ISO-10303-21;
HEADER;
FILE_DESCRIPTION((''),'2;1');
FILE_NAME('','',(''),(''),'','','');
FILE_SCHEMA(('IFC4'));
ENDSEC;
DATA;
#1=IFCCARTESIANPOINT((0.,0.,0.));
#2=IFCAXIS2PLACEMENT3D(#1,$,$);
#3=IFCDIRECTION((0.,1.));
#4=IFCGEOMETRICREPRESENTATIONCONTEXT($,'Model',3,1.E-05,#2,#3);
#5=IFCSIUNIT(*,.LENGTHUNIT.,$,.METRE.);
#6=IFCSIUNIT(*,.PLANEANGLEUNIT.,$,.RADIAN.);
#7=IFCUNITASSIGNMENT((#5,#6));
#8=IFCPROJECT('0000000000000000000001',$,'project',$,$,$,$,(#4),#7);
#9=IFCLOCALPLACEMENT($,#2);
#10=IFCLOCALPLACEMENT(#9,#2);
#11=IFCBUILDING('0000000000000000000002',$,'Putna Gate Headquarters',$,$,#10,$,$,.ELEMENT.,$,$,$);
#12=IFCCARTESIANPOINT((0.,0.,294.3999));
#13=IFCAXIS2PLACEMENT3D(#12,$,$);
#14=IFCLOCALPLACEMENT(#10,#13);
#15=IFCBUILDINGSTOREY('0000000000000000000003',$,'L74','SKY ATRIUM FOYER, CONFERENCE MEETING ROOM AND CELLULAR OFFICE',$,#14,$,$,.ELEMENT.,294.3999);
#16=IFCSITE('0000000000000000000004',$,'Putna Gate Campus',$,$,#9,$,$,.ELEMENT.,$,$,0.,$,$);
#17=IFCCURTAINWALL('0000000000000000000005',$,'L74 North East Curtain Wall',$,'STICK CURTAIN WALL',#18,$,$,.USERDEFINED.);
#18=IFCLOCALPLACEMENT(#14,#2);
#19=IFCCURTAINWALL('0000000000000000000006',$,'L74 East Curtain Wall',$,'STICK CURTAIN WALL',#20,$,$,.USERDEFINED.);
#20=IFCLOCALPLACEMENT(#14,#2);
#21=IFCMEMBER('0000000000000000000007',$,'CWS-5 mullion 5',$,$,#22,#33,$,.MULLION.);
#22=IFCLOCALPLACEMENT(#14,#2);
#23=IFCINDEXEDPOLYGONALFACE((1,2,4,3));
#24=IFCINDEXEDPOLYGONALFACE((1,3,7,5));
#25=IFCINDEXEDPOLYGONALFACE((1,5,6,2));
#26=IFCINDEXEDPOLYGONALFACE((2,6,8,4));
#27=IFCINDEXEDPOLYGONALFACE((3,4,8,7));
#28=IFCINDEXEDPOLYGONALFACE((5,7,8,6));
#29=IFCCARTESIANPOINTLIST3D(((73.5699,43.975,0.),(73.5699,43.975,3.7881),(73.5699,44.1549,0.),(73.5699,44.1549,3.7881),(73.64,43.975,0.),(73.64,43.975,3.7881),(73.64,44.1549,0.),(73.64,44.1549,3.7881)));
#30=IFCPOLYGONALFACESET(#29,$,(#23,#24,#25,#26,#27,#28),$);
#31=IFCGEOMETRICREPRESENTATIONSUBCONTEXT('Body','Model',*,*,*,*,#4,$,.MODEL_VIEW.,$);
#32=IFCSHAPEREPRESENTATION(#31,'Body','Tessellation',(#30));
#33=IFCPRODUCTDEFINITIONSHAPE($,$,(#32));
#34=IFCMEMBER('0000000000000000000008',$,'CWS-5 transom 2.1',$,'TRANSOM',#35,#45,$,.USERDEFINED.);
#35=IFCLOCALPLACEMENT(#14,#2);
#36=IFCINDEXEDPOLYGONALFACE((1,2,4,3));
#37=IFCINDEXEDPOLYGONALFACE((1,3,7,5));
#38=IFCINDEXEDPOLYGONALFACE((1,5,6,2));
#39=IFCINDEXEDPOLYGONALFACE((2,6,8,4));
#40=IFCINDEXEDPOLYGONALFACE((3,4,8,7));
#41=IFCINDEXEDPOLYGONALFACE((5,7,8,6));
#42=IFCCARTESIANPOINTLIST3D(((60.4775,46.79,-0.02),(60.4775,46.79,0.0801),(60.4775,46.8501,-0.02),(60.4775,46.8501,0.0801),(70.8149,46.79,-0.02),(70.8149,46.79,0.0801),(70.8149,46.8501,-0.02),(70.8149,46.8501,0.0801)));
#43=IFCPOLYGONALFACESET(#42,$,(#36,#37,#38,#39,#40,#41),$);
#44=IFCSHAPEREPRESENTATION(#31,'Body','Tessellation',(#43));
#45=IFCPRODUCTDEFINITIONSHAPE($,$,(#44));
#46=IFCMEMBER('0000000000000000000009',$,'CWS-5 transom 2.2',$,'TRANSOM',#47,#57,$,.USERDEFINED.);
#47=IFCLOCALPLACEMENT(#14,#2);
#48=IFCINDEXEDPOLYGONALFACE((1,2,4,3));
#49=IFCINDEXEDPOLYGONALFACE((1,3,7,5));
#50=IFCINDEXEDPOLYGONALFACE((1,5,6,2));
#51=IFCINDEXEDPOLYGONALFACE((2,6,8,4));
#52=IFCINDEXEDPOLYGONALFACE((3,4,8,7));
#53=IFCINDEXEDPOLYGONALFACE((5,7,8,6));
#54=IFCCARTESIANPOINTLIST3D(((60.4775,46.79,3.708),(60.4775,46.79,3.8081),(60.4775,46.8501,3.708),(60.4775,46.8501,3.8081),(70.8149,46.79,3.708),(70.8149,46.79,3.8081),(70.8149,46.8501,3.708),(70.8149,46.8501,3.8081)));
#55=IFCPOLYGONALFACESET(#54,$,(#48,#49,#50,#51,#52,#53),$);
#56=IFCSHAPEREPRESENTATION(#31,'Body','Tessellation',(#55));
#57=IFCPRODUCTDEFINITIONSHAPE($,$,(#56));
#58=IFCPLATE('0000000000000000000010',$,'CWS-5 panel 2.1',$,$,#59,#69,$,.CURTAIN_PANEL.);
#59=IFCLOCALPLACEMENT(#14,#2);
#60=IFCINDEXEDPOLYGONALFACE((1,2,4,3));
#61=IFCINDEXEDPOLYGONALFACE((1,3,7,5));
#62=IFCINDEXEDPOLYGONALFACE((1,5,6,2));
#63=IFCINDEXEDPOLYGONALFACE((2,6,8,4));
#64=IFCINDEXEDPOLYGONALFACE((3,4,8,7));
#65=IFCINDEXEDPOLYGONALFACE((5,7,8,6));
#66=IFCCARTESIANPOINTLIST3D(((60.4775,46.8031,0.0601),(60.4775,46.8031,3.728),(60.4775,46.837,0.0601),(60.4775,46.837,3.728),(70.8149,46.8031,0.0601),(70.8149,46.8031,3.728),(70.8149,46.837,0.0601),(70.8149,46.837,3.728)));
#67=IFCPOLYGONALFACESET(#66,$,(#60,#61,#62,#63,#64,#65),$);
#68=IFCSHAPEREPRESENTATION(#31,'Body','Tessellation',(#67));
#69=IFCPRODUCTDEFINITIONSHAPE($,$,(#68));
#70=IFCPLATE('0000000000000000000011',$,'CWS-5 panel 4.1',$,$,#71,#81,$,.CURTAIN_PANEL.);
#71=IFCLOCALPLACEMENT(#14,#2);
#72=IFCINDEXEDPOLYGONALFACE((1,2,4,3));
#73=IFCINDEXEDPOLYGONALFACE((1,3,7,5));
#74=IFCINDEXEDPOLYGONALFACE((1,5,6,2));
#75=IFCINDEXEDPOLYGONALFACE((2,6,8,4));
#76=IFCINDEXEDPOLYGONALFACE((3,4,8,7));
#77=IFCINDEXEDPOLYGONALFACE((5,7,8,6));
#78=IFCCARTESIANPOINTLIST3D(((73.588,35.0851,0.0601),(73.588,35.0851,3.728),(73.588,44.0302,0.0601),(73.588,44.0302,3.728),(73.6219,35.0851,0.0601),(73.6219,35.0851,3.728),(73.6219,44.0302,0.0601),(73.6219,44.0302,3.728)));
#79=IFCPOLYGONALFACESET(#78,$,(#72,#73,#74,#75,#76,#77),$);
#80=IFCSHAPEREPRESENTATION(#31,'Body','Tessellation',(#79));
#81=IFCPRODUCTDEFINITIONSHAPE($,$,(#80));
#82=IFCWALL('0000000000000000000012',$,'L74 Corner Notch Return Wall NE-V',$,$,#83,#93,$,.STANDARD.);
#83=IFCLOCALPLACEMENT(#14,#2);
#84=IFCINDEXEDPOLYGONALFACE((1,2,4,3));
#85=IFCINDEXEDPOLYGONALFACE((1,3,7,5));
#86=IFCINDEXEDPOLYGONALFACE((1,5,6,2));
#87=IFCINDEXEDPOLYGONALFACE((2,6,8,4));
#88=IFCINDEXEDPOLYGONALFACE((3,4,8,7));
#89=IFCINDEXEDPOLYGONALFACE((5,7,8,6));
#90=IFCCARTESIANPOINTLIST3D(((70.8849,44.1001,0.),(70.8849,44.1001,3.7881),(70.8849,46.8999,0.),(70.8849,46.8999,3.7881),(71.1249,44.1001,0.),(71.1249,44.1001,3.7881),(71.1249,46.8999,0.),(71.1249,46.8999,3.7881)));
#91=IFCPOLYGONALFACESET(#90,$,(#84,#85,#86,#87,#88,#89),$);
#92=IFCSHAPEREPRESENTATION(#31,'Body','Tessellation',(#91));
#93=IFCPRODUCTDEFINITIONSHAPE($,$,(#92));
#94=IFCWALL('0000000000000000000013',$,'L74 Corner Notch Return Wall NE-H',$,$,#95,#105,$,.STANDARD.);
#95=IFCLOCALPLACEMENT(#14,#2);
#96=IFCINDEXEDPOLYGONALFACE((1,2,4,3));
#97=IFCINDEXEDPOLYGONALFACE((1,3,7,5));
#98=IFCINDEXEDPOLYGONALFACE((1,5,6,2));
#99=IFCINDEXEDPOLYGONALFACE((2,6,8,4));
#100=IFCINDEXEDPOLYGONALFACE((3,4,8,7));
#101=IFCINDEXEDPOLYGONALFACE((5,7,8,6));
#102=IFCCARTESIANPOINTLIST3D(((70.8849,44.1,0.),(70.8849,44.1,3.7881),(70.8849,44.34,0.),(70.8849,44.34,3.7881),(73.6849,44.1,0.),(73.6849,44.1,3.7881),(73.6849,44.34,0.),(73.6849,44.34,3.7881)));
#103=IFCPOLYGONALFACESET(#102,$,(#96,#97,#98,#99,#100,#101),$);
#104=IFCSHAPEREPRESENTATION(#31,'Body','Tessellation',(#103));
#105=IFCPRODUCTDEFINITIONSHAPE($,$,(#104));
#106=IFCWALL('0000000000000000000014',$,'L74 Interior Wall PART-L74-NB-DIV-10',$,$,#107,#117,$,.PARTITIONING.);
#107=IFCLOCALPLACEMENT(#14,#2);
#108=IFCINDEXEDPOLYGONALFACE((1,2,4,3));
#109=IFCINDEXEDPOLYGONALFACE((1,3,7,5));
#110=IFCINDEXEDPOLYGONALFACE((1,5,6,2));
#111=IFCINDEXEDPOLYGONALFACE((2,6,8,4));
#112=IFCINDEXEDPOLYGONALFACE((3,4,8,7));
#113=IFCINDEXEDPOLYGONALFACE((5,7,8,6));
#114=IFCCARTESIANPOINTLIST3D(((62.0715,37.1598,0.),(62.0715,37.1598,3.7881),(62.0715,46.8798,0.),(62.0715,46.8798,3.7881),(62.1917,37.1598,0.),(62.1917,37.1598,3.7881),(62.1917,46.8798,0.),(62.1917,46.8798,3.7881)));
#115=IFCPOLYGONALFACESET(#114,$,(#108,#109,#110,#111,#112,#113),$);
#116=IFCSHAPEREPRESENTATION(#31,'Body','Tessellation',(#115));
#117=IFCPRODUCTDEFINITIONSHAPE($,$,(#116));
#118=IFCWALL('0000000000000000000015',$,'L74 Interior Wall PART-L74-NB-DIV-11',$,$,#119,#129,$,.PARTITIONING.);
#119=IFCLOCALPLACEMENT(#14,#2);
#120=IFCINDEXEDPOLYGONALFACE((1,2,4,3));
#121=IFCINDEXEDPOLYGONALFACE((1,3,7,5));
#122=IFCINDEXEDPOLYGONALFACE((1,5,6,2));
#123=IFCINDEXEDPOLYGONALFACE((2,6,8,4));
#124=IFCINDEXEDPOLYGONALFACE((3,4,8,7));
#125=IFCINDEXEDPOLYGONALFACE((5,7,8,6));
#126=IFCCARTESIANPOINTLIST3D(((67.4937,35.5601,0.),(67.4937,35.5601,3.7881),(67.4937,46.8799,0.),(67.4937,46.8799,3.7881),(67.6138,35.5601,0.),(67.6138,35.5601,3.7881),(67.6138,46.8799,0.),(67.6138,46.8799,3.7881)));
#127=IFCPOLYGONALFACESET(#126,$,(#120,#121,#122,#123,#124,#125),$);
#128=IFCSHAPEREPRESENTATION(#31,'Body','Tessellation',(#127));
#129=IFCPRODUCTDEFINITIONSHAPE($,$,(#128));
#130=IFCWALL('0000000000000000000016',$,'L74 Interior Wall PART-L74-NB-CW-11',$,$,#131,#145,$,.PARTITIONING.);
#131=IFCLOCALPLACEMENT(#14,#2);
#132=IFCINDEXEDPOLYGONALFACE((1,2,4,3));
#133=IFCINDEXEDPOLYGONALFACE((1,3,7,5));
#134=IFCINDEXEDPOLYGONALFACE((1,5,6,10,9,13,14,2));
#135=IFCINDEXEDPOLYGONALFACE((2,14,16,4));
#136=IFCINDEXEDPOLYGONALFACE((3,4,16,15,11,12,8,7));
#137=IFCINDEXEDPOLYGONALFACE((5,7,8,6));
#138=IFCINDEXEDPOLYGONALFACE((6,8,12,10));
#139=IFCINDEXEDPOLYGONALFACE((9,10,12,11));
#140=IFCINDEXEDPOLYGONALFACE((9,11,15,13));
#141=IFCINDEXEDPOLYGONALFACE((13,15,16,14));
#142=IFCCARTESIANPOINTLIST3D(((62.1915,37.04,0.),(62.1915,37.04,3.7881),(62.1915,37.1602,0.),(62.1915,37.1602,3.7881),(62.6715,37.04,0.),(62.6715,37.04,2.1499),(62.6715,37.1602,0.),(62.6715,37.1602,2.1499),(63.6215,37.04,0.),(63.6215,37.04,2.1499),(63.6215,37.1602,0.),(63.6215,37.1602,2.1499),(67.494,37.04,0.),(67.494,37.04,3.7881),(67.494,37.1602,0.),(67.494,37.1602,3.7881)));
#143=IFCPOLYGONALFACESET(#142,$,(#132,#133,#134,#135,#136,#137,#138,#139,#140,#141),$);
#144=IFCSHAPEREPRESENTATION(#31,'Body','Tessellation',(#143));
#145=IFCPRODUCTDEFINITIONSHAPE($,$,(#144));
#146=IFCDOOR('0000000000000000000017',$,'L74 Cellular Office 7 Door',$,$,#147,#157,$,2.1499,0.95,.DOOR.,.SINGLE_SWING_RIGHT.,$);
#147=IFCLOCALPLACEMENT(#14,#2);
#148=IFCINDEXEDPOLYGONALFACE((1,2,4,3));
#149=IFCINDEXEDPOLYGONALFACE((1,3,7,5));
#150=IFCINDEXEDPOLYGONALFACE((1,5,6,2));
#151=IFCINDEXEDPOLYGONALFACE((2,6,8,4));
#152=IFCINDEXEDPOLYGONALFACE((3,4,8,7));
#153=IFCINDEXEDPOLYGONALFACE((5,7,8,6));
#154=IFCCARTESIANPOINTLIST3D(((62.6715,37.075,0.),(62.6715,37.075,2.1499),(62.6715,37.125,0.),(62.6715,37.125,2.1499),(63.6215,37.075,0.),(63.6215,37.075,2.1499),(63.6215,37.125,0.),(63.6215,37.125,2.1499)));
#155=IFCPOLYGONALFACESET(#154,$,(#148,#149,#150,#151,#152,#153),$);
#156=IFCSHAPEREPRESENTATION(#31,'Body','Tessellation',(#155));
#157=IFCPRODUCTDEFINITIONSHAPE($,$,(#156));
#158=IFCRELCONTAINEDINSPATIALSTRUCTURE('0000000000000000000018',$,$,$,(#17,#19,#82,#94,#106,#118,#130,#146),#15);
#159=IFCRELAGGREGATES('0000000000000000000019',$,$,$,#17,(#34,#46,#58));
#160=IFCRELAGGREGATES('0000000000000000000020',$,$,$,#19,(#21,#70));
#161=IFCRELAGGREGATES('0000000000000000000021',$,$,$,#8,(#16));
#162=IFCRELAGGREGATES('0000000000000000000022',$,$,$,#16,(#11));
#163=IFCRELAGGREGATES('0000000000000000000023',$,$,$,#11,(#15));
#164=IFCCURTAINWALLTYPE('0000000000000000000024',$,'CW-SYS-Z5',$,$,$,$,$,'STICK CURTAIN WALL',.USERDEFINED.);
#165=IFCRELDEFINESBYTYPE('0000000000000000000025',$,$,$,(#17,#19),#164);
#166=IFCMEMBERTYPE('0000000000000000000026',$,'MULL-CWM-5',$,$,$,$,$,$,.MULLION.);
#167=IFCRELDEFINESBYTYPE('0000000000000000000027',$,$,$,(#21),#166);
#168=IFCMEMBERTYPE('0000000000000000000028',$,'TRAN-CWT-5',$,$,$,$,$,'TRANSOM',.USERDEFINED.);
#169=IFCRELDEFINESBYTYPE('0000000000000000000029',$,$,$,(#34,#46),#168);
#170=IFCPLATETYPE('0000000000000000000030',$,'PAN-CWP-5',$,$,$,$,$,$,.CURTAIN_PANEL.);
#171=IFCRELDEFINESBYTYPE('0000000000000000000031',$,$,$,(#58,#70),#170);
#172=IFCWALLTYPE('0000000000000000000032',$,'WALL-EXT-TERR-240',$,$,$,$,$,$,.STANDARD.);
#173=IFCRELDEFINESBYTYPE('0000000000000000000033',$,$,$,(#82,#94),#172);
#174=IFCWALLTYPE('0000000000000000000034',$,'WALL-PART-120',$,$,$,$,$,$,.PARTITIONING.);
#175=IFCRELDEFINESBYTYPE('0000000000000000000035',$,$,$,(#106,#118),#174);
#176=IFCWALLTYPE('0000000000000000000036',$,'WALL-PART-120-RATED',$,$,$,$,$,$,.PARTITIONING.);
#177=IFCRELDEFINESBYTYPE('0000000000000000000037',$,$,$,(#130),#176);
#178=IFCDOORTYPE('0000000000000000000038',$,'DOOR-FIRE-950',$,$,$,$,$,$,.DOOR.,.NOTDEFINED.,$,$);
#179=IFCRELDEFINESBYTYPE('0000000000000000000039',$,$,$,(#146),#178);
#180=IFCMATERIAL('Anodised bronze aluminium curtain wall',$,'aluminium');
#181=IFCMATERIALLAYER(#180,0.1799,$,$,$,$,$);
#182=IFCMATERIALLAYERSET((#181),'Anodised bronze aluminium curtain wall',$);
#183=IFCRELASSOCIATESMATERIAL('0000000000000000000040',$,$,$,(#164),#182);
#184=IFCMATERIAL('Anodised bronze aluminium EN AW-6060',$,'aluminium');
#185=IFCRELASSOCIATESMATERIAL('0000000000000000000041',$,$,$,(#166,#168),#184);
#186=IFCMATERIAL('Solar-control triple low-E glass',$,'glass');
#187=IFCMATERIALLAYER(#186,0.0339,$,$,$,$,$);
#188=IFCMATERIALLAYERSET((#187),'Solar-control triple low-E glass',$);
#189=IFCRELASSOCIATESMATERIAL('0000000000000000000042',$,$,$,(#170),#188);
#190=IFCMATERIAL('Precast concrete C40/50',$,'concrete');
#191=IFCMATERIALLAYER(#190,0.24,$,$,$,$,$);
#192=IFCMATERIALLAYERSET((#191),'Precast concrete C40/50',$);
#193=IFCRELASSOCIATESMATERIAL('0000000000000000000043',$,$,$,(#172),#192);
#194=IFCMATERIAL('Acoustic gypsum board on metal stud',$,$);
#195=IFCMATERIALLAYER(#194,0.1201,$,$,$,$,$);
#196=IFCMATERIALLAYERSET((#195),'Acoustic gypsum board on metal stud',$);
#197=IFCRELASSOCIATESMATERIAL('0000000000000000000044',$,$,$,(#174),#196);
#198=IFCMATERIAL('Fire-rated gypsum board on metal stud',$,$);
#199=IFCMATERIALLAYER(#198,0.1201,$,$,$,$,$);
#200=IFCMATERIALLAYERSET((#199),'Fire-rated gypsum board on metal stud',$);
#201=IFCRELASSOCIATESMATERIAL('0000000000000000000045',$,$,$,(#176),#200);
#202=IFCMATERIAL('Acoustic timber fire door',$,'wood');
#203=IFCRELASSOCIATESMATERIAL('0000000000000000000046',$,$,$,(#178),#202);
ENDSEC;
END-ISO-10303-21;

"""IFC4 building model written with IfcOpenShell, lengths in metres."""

from ifc_helpers import new_model, si_unit, direction, frame, frame_2d, origin, origin_2d, place, context, subcontext, project, spatial, rectangle, extrude, material, layer, layer_set, material_profile, profile_set, type_object, element, fill, aggregate, save


model = new_model("IFC4")

# Units and contexts
model_context = context("Model", 3, precision=1e-05, world=origin(), true_north=direction((0.0, 1.0)))
body_context = subcontext(model_context, "Body", "Model", "MODEL_VIEW")
ifc_project = project(units=[si_unit("LENGTHUNIT", "METRE"), si_unit("PLANEANGLEUNIT", "RADIAN")], contexts=[model_context])

# Site, building, storey
site_placement = place(None, origin())
site = spatial("IfcSite", under=ifc_project, at=site_placement, Name="Putna Gate Campus", CompositionType="ELEMENT", RefElevation=0.0)
building_placement = place(site_placement, origin())
building = spatial("IfcBuilding", under=site, at=building_placement, Name="Putna Gate Headquarters", CompositionType="ELEMENT")
storey_placement = place(building_placement, frame((0.0, 0.0, 294.3999)))
storey = spatial("IfcBuildingStorey", under=building, at=storey_placement, Name="L74", Description="SKY ATRIUM FOYER, CONFERENCE MEETING ROOM AND CELLULAR OFFICE", CompositionType="ELEMENT", Elevation=294.3999)

# Curtain wall
ifc_material_1 = material(Name="Anodised bronze aluminium curtain wall", Category="aluminium")
ifc_layer_1 = layer(ifc_material_1, 0.1799)
ifc_layer_set_1 = layer_set([ifc_layer_1], Name="Anodised bronze aluminium curtain wall")
curtain_wall_type = type_object("IfcCurtainWallType", Name="CW-SYS-Z5", ElementType="STICK CURTAIN WALL", PredefinedType="USERDEFINED", material=ifc_layer_set_1)
curtain_wall_1_placement = place(storey_placement, origin())
curtain_wall_1 = element("IfcCurtainWall", 1, at=curtain_wall_1_placement, inside=storey, type_object=curtain_wall_type, Name="L74 North East Curtain Wall", ObjectType="STICK CURTAIN WALL", PredefinedType="USERDEFINED")
ifc_material_2 = material(Name="Anodised bronze aluminium EN AW-6060", Category="aluminium")
ifc_material_profile_1 = material_profile(ifc_material_2, rectangle(XDim=0.0701, YDim=0.1799, at=origin_2d()), Name="Anodised bronze aluminium EN AW-6060")
ifc_profile_set_1 = profile_set([ifc_material_profile_1], Name="Anodised bronze aluminium EN AW-6060")
member_type_1 = type_object("IfcMemberType", Name="MULL-CWM-5", PredefinedType="MULLION", material=ifc_profile_set_1)

# Curtain wall, member
curtain_wall_2_placement = place(storey_placement, origin())
curtain_wall_2 = element("IfcCurtainWall", 2, at=curtain_wall_2_placement, inside=storey, type_object=curtain_wall_type, Name="L74 East Curtain Wall", ObjectType="STICK CURTAIN WALL", PredefinedType="USERDEFINED")
member_1_placement = place(storey_placement, frame((73.605, 44.0649, 0.0), z_axis=(0.0, 0.0, 1.0), x_axis=(-1.0, 0.0, 0.0)))
member_1 = element("IfcMember", 3, at=member_1_placement, type_object=member_type_1, Name="CWS-5 mullion 5", PredefinedType="MULLION", context=body_context, shape_type="SweptSolid", body=[
    extrude(rectangle(XDim=0.0701, YDim=0.1799, at=origin_2d()), origin(), (0.0, 0.0, 1.0), 3.7881),
])

# Members
ifc_material_profile_2 = material_profile(ifc_material_2, rectangle(XDim=0.0601, YDim=0.1001, at=origin_2d()), Name="Anodised bronze aluminium EN AW-6060")
ifc_profile_set_2 = profile_set([ifc_material_profile_2], Name="Anodised bronze aluminium EN AW-6060")
member_type_2 = type_object("IfcMemberType", Name="TRAN-CWT-5", ElementType="TRANSOM", PredefinedType="USERDEFINED", material=ifc_profile_set_2)
member_2_placement = place(storey_placement, frame((60.4775, 46.8201, 0.03), z_axis=(1.0, 0.0, 0.0), x_axis=(0.0, 1.0, 0.0)))
member_2 = element("IfcMember", 4, at=member_2_placement, type_object=member_type_2, Name="CWS-5 transom 2.1", ObjectType="TRANSOM", PredefinedType="USERDEFINED", context=body_context, shape_type="SweptSolid", body=[
    extrude(rectangle(XDim=0.0601, YDim=0.1001, at=origin_2d()), origin(), (0.0, 0.0, 1.0), 10.3374),
])
member_3_placement = place(storey_placement, frame((60.4775, 46.8201, 3.7581), z_axis=(1.0, 0.0, 0.0), x_axis=(0.0, 1.0, 0.0)))
member_3 = element("IfcMember", 5, at=member_3_placement, type_object=member_type_2, Name="CWS-5 transom 2.2", ObjectType="TRANSOM", PredefinedType="USERDEFINED", context=body_context, shape_type="SweptSolid", body=[
    extrude(rectangle(XDim=0.0601, YDim=0.1001, at=origin_2d()), origin(), (0.0, 0.0, 1.0), 10.3374),
])

# Plates
ifc_material_3 = material(Name="Solar-control triple low-E glass", Category="glass")
ifc_layer_2 = layer(ifc_material_3, 0.0339)
ifc_layer_set_2 = layer_set([ifc_layer_2], Name="Solar-control triple low-E glass")
plate_type = type_object("IfcPlateType", Name="PAN-CWP-5", PredefinedType="CURTAIN_PANEL", material=ifc_layer_set_2)
plate_1_placement = place(storey_placement, frame((65.6462, 46.8201, 0.0601), z_axis=(0.0, 0.0, 1.0), x_axis=(1.0, 0.0, 0.0)))
plate_1 = element("IfcPlate", 6, at=plate_1_placement, type_object=plate_type, Name="CWS-5 panel 2.1", PredefinedType="CURTAIN_PANEL", context=body_context, shape_type="SweptSolid", body=[
    extrude(rectangle(XDim=10.3374, YDim=0.0339, at=origin_2d()), origin(), (0.0, 0.0, 1.0), 3.668),
])
aggregate(curtain_wall_1, [member_2, member_3, plate_1])
plate_2_placement = place(storey_placement, frame((73.605, 39.5576, 0.0601), z_axis=(0.0, 0.0, 1.0), x_axis=(0.0, 1.0, 0.0)))
plate_2 = element("IfcPlate", 7, at=plate_2_placement, type_object=plate_type, Name="CWS-5 panel 4.1", PredefinedType="CURTAIN_PANEL", context=body_context, shape_type="SweptSolid", body=[
    extrude(rectangle(XDim=8.9451, YDim=0.0339, at=origin_2d()), origin(), (0.0, 0.0, 1.0), 3.668),
])
aggregate(curtain_wall_2, [member_1, plate_2])

# Walls
ifc_material_4 = material(Name="Precast concrete C40/50", Category="concrete")
ifc_layer_3 = layer(ifc_material_4, 0.24)
ifc_layer_set_3 = layer_set([ifc_layer_3], Name="Precast concrete C40/50")
wall_type_1 = type_object("IfcWallType", Name="WALL-EXT-TERR-240", PredefinedType="STANDARD", material=ifc_layer_set_3)
wall_1_placement = place(storey_placement, frame((71.0049, 46.8999, 0.0), z_axis=(0.0, 0.0, 1.0), x_axis=(0.0, -1.0, 0.0)))
element("IfcWall", 8, at=wall_1_placement, inside=storey, type_object=wall_type_1, Name="L74 Corner Notch Return Wall NE-V", PredefinedType="STANDARD", context=body_context, shape_type="SweptSolid", body=[
    extrude(rectangle(XDim=2.7998, YDim=0.24, at=frame_2d((1.3999, 0.0))), origin(), (0.0, 0.0, 1.0), 3.7881),
])
wall_2_placement = place(storey_placement, frame((70.885, 44.22, 0.0), z_axis=(0.0, 0.0, 1.0), x_axis=(1.0, 0.0, 0.0)))
element("IfcWall", 9, at=wall_2_placement, inside=storey, type_object=wall_type_1, Name="L74 Corner Notch Return Wall NE-H", PredefinedType="STANDARD", context=body_context, shape_type="SweptSolid", body=[
    extrude(rectangle(XDim=2.8, YDim=0.24, at=frame_2d((1.3999, 0.0))), origin(), (0.0, 0.0, 1.0), 3.7881),
])
ifc_material_5 = material(Name="Acoustic gypsum board on metal stud")
ifc_layer_4 = layer(ifc_material_5, 0.1201)
ifc_layer_set_4 = layer_set([ifc_layer_4], Name="Acoustic gypsum board on metal stud")
wall_type_2 = type_object("IfcWallType", Name="WALL-PART-120", PredefinedType="PARTITIONING", material=ifc_layer_set_4)
wall_3_placement = place(storey_placement, frame((62.1316, 37.1599, 0.0), z_axis=(0.0, 0.0, 1.0), x_axis=(0.0, 1.0, 0.0)))
element("IfcWall", 10, at=wall_3_placement, inside=storey, type_object=wall_type_2, Name="L74 Interior Wall PART-L74-NB-DIV-10", PredefinedType="PARTITIONING", context=body_context, shape_type="SweptSolid", body=[
    extrude(rectangle(XDim=9.72, YDim=0.1201, at=frame_2d((4.8599, 0.0))), origin(), (0.0, 0.0, 1.0), 3.7881),
])
wall_4_placement = place(storey_placement, frame((67.5537, 35.5601, 0.0), z_axis=(0.0, 0.0, 1.0), x_axis=(0.0, 1.0, 0.0)))
element("IfcWall", 11, at=wall_4_placement, inside=storey, type_object=wall_type_2, Name="L74 Interior Wall PART-L74-NB-DIV-11", PredefinedType="PARTITIONING", context=body_context, shape_type="SweptSolid", body=[
    extrude(rectangle(XDim=11.3198, YDim=0.1201, at=frame_2d((5.6599, 0.0))), origin(), (0.0, 0.0, 1.0), 3.7881),
])

# Wall, opening, door
ifc_material_6 = material(Name="Fire-rated gypsum board on metal stud")
ifc_layer_5 = layer(ifc_material_6, 0.1201)
ifc_layer_set_5 = layer_set([ifc_layer_5], Name="Fire-rated gypsum board on metal stud")
wall_type_3 = type_object("IfcWallType", Name="WALL-PART-120-RATED", PredefinedType="PARTITIONING", material=ifc_layer_set_5)
wall_5_placement = place(storey_placement, frame((62.1914, 37.1001, 0.0), z_axis=(0.0, 0.0, 1.0), x_axis=(1.0, 0.0, 0.0)))
wall_5 = element("IfcWall", 12, at=wall_5_placement, inside=storey, type_object=wall_type_3, Name="L74 Interior Wall PART-L74-NB-CW-11", PredefinedType="PARTITIONING", context=body_context, shape_type="SweptSolid", body=[
    extrude(rectangle(XDim=5.3025, YDim=0.1201, at=frame_2d((2.6514, 0.0))), origin(), (0.0, 0.0, 1.0), 3.7881),
])
opening_1_placement = place(wall_5_placement, frame((0.48, 0.0, 0.0)))
opening_1 = element("IfcOpeningElement", 13, at=opening_1_placement, cuts=wall_5, PredefinedType="OPENING", context=body_context, shape_type="SweptSolid", body=[
    extrude(rectangle(XDim=0.95, YDim=2.1499, at=frame_2d((0.4751, 1.075))), frame((0.0, 0.0701, 0.0), z_axis=(0.0, -1.0, 0.0), x_axis=(1.0, 0.0, 0.0)), (0.0, 0.0, 1.0), 0.1401),
])
ifc_material_7 = material(Name="Acoustic timber fire door", Category="wood")
door_type = type_object("IfcDoorType", Name="DOOR-FIRE-950", OperationType="NOTDEFINED", PredefinedType="DOOR", material=ifc_material_7)
door_1_placement = place(opening_1_placement, origin())
door_1 = element("IfcDoor", 14, at=door_1_placement, inside=storey, type_object=door_type, Name="L74 Cellular Office 7 Door", OperationType="SINGLE_SWING_RIGHT", OverallHeight=2.1499, OverallWidth=0.95, PredefinedType="DOOR", context=body_context, shape_type="SweptSolid", body=[
    extrude(rectangle(XDim=0.95, YDim=2.1499, at=frame_2d((0.4751, 1.075))), frame((0.0, 0.0249, 0.0), z_axis=(0.0, -1.0, 0.0), x_axis=(1.0, 0.0, 0.0)), (0.0, 0.0, 1.0), 0.05),
])
fill(opening_1, door_1)

save(model, "model.ifc")
